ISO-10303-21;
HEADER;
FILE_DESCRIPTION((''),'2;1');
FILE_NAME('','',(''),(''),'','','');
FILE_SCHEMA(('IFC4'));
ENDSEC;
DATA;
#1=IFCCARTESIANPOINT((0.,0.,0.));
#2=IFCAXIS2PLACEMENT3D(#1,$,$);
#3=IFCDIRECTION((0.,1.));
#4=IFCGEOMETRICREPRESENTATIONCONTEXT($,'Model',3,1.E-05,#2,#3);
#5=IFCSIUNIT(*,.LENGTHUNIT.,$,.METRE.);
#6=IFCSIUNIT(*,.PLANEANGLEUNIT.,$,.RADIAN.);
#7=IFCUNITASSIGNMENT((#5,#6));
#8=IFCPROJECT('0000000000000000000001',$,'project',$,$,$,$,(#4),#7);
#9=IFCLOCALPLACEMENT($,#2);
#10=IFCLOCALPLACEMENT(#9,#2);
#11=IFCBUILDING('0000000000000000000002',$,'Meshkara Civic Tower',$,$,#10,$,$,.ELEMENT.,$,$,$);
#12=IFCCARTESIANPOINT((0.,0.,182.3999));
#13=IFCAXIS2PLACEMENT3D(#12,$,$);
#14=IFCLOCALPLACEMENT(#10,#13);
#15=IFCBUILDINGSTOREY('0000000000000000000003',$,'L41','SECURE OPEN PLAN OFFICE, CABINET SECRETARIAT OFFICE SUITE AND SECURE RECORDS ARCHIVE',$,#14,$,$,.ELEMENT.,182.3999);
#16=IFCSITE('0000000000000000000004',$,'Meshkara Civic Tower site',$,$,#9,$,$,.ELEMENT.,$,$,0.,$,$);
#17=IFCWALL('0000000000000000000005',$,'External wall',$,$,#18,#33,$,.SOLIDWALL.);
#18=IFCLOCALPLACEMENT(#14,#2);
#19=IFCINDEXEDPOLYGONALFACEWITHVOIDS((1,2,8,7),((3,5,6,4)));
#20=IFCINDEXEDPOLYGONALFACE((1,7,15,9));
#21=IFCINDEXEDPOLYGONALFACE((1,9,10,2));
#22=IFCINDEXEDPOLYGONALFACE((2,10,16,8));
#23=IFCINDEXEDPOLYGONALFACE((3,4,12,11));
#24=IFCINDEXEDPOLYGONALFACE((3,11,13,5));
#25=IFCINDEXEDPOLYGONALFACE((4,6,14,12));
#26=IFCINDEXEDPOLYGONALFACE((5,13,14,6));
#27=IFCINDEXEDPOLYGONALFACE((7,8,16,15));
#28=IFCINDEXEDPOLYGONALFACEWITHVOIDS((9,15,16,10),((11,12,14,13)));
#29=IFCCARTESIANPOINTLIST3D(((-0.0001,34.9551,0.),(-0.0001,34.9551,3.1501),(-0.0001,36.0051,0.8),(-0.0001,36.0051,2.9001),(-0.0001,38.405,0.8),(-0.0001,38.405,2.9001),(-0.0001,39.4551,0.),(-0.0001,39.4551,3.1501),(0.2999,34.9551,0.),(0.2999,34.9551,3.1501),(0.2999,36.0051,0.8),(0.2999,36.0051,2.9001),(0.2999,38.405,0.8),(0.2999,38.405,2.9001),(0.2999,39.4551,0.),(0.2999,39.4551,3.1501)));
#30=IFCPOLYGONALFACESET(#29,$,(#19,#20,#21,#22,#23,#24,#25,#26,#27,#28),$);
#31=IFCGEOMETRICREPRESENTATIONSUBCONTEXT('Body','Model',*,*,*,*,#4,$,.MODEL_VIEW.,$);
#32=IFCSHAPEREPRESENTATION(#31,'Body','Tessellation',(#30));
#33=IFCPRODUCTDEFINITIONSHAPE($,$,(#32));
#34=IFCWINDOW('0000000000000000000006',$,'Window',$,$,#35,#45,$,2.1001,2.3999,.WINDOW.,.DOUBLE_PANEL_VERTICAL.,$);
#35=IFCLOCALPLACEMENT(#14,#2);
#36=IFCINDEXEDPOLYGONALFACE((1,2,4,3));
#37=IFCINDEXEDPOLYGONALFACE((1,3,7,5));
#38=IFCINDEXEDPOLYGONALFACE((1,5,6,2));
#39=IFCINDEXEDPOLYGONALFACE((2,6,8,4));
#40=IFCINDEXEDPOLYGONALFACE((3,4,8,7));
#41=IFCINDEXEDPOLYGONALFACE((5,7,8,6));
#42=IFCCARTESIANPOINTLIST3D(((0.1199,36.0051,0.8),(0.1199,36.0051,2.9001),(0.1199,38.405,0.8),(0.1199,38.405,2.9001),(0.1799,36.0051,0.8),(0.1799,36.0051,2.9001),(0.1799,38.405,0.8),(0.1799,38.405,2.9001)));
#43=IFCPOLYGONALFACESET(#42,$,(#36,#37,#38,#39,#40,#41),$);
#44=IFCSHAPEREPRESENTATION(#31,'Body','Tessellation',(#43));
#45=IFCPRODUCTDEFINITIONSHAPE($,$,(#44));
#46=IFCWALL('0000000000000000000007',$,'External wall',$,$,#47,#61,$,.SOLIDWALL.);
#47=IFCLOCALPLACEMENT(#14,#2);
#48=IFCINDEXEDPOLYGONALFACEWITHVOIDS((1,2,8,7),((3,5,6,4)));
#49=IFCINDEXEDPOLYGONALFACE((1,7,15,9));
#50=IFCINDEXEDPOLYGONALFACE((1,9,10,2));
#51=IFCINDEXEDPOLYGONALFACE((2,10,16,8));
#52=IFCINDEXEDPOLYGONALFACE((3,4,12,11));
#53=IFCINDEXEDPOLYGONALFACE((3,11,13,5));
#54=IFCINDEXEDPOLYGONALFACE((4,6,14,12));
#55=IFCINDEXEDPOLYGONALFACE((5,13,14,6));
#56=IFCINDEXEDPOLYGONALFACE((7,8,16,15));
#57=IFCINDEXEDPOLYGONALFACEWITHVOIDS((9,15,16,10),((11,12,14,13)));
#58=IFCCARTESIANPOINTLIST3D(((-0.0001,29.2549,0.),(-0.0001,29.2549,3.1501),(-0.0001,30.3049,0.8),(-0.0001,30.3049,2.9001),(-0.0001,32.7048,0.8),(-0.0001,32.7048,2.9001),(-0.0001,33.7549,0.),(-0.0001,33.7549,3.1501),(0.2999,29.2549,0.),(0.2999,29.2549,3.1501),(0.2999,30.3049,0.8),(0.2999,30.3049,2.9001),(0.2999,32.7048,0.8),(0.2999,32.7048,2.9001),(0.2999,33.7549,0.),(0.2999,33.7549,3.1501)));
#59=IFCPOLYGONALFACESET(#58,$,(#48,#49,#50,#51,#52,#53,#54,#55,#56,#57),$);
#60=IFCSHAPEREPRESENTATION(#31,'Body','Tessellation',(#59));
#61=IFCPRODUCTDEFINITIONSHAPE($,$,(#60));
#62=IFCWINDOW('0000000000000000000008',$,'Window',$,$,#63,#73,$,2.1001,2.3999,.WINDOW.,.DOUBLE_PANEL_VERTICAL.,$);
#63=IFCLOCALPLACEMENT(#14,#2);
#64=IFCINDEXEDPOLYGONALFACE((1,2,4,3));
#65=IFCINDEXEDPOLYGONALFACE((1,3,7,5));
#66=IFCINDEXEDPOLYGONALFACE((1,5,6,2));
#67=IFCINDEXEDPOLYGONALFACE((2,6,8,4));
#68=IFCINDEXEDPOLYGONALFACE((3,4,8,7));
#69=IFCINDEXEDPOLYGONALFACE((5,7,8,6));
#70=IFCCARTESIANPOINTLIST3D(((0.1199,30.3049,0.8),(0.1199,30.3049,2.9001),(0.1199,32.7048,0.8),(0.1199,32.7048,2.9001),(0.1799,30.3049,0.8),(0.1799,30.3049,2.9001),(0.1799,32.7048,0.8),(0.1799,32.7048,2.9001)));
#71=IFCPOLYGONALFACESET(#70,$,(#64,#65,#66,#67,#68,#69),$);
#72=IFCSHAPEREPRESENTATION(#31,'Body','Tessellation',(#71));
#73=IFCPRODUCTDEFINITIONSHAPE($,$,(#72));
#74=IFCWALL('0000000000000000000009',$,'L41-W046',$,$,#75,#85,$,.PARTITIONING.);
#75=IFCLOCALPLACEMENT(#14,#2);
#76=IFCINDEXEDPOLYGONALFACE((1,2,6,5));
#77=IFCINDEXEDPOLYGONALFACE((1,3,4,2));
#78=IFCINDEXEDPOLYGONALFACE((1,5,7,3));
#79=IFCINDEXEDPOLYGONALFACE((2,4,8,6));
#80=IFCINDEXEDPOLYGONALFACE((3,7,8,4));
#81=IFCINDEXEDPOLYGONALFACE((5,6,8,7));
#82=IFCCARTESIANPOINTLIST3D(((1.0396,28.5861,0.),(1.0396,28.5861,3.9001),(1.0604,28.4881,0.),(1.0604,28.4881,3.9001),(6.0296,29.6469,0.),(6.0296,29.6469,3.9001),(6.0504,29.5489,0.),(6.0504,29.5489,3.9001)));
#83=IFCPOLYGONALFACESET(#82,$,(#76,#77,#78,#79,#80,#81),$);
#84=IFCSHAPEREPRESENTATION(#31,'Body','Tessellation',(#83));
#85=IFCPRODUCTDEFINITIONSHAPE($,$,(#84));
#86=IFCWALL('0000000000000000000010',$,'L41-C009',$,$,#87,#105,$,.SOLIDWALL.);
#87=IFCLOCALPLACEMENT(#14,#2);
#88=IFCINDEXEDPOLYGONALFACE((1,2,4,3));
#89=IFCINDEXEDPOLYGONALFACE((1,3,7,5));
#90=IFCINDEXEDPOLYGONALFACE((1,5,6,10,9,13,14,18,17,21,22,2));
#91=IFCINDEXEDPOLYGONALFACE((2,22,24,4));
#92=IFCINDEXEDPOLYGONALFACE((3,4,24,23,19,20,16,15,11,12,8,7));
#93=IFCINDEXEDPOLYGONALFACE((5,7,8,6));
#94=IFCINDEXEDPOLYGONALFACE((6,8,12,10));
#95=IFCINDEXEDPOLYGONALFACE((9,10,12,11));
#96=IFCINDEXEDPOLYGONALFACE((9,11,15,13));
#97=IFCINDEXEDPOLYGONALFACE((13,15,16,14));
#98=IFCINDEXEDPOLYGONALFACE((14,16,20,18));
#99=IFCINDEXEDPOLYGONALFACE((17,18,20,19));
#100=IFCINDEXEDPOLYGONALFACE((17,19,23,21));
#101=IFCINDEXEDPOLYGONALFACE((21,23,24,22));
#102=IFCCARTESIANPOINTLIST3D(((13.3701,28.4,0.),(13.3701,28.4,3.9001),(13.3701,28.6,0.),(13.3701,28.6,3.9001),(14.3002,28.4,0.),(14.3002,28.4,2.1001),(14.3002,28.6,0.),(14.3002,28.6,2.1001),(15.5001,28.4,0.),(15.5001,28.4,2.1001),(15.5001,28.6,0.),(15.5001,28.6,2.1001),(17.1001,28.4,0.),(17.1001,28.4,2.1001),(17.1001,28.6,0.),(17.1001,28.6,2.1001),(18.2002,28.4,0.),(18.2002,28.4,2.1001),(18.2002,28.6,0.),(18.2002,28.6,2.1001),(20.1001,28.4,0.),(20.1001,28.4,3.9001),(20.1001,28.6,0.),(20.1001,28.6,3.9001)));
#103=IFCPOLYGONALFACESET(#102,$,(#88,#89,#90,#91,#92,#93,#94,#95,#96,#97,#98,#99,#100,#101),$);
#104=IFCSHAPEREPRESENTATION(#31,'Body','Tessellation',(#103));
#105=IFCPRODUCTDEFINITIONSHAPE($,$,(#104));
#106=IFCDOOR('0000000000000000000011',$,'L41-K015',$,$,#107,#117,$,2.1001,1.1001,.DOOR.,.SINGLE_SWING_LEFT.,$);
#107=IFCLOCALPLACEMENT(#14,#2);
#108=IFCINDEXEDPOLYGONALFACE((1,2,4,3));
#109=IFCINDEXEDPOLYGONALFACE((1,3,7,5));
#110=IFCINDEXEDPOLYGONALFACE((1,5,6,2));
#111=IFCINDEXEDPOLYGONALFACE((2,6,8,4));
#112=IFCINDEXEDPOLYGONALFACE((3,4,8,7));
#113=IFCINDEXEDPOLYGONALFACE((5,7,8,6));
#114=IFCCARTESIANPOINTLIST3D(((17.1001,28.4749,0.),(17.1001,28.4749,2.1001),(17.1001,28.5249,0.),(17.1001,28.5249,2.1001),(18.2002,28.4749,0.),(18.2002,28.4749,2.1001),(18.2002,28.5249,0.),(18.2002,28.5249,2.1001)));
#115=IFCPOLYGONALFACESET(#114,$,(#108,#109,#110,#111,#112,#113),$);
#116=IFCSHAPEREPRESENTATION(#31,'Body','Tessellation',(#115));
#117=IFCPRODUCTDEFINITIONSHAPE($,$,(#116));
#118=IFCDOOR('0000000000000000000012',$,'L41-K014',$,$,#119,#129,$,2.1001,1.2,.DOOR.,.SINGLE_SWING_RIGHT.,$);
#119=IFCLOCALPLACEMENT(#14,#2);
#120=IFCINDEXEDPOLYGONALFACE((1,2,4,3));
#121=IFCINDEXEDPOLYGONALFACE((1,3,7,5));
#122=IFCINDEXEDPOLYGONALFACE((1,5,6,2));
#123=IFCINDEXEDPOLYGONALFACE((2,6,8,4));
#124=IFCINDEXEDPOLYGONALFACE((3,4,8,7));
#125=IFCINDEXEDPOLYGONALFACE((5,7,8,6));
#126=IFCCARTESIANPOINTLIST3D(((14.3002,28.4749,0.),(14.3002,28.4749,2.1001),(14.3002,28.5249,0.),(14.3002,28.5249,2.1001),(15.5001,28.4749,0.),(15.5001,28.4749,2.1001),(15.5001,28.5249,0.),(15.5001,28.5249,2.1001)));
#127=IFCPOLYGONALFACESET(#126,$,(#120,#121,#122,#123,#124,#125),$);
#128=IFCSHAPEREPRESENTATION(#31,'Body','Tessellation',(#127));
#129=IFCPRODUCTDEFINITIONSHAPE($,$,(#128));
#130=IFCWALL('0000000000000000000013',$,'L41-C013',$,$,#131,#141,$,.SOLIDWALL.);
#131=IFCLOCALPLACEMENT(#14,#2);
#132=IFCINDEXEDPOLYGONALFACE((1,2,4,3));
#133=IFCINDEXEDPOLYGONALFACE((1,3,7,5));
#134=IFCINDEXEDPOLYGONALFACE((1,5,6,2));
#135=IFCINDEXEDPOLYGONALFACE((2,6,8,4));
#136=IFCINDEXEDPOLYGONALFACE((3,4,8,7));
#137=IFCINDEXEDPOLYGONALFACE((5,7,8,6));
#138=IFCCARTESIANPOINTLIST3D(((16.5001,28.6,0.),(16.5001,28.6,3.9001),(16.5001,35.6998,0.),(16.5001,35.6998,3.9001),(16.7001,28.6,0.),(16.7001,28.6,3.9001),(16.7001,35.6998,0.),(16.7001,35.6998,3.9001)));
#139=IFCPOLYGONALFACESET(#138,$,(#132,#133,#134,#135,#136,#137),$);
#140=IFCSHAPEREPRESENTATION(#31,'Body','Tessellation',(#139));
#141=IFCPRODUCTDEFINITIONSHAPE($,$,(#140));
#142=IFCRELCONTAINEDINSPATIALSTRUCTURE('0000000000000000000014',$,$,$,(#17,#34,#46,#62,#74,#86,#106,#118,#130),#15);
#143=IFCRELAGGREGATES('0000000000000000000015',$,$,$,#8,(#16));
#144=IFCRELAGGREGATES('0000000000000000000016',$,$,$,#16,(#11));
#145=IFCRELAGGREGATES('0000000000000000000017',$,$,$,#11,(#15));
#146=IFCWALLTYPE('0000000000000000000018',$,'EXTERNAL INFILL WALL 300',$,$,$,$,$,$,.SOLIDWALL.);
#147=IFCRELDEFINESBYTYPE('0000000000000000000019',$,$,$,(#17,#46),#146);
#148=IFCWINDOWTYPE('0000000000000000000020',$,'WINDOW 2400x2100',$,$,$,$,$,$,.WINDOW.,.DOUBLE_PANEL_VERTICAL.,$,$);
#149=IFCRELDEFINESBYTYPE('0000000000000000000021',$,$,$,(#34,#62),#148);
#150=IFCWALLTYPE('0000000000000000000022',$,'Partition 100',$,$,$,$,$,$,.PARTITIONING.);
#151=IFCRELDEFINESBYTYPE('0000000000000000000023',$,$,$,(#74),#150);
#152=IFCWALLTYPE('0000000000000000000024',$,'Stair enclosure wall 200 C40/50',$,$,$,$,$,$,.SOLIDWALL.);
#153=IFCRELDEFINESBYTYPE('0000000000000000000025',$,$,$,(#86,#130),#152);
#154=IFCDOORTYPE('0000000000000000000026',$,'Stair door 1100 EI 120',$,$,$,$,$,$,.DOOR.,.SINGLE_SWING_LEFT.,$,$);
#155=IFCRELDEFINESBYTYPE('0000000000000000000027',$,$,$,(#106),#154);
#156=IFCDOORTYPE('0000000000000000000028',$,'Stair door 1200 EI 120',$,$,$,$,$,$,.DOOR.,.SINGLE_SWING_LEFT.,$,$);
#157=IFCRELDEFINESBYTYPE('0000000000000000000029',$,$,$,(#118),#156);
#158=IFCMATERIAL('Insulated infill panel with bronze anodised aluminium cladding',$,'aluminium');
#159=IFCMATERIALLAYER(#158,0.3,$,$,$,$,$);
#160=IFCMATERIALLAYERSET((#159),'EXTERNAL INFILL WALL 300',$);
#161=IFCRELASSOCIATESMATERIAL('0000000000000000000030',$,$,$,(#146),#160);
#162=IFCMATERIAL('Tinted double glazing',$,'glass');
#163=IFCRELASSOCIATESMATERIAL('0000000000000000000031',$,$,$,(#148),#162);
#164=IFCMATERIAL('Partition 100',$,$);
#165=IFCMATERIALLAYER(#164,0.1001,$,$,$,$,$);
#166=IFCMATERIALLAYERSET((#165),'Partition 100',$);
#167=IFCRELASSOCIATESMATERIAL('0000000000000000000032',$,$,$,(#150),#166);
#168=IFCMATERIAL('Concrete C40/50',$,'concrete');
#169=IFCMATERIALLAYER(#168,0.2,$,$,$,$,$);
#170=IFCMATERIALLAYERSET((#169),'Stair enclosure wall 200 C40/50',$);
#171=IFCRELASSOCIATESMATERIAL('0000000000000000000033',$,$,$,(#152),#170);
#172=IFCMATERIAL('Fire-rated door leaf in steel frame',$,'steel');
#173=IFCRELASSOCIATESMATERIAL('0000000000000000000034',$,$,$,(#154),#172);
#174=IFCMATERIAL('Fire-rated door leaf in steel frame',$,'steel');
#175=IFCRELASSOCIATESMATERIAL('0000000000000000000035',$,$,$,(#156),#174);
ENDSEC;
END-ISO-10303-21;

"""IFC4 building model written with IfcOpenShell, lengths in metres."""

from ifc_helpers import new_model, si_unit, direction, frame, frame_2d, origin, place, context, subcontext, project, spatial, rectangle, extrude, material, layer, layer_set, type_object, element, fill, save


model = new_model("IFC4")

# Units and contexts
model_context = context("Model", 3, precision=1e-05, world=origin(), true_north=direction((0.0, 1.0)))
body_context = subcontext(model_context, "Body", "Model", "MODEL_VIEW")
ifc_project = project(units=[si_unit("LENGTHUNIT", "METRE"), si_unit("PLANEANGLEUNIT", "RADIAN")], contexts=[model_context])

# Site, building, storey
site_placement = place(None, origin())
site = spatial("IfcSite", under=ifc_project, at=site_placement, Name="Meshkara Civic Tower site", CompositionType="ELEMENT", RefElevation=0.0)
building_placement = place(site_placement, origin())
building = spatial("IfcBuilding", under=site, at=building_placement, Name="Meshkara Civic Tower", CompositionType="ELEMENT")
storey_placement = place(building_placement, frame((0.0, 0.0, 182.3999)))
storey = spatial("IfcBuildingStorey", under=building, at=storey_placement, Name="L41", Description="SECURE OPEN PLAN OFFICE, CABINET SECRETARIAT OFFICE SUITE AND SECURE RECORDS ARCHIVE", CompositionType="ELEMENT", Elevation=182.3999)

# Walls, openings, windows
ifc_material_1 = material(Name="Insulated infill panel with bronze anodised aluminium cladding", Category="aluminium")
ifc_layer_1 = layer(ifc_material_1, 0.3)
ifc_layer_set_1 = layer_set([ifc_layer_1], Name="EXTERNAL INFILL WALL 300")
wall_type_1 = type_object("IfcWallType", Name="EXTERNAL INFILL WALL 300", PredefinedType="SOLIDWALL", material=ifc_layer_set_1)
wall_1_placement = place(storey_placement, frame((0.1499, 39.4551, 0.0), z_axis=(0.0, 0.0, 1.0), x_axis=(0.0, -1.0, 0.0)))
wall_1 = element("IfcWall", 1, at=wall_1_placement, inside=storey, type_object=wall_type_1, Name="External wall", PredefinedType="SOLIDWALL", context=body_context, shape_type="SweptSolid", body=[
    extrude(rectangle(XDim=4.5, YDim=0.3, at=frame_2d((2.25, 0.0))), origin(), (0.0, 0.0, 1.0), 3.1501),
])
opening_1_placement = place(wall_1_placement, frame((1.05, 0.0, 0.8)))
opening_1 = element("IfcOpeningElement", 2, at=opening_1_placement, cuts=wall_1, PredefinedType="OPENING", context=body_context, shape_type="SweptSolid", body=[
    extrude(rectangle(XDim=2.3999, YDim=2.1001, at=frame_2d((1.2, 1.05))), frame((0.0, 0.1599, 0.0), z_axis=(0.0, -1.0, 0.0), x_axis=(1.0, 0.0, 0.0)), (0.0, 0.0, 1.0), 0.3201),
])
ifc_material_2 = material(Name="Tinted double glazing", Category="glass")
window_type = type_object("IfcWindowType", Name="WINDOW 2400x2100", PartitioningType="DOUBLE_PANEL_VERTICAL", PredefinedType="WINDOW", material=ifc_material_2)
window_1_placement = place(opening_1_placement, origin())
window_1 = element("IfcWindow", 3, at=window_1_placement, inside=storey, type_object=window_type, Name="Window", OverallHeight=2.1001, OverallWidth=2.3999, PartitioningType="DOUBLE_PANEL_VERTICAL", PredefinedType="WINDOW", context=body_context, shape_type="SweptSolid", body=[
    extrude(rectangle(XDim=2.3999, YDim=2.1001, at=frame_2d((1.2, 1.05))), frame((0.0, 0.03, 0.0), z_axis=(0.0, -1.0, 0.0), x_axis=(1.0, 0.0, 0.0)), (0.0, 0.0, 1.0), 0.0601),
])
fill(opening_1, window_1)
wall_2_placement = place(storey_placement, frame((0.1499, 33.7549, 0.0), z_axis=(0.0, 0.0, 1.0), x_axis=(0.0, -1.0, 0.0)))
wall_2 = element("IfcWall", 4, at=wall_2_placement, inside=storey, type_object=wall_type_1, Name="External wall", PredefinedType="SOLIDWALL", context=body_context, shape_type="SweptSolid", body=[
    extrude(rectangle(XDim=4.5, YDim=0.3, at=frame_2d((2.25, 0.0))), origin(), (0.0, 0.0, 1.0), 3.1501),
])
opening_2_placement = place(wall_2_placement, frame((1.05, 0.0, 0.8)))
opening_2 = element("IfcOpeningElement", 5, at=opening_2_placement, cuts=wall_2, PredefinedType="OPENING", context=body_context, shape_type="SweptSolid", body=[
    extrude(rectangle(XDim=2.3999, YDim=2.1001, at=frame_2d((1.2, 1.05))), frame((0.0, 0.1599, 0.0), z_axis=(0.0, -1.0, 0.0), x_axis=(1.0, 0.0, 0.0)), (0.0, 0.0, 1.0), 0.3201),
])
window_2_placement = place(opening_2_placement, origin())
window_2 = element("IfcWindow", 6, at=window_2_placement, inside=storey, type_object=window_type, Name="Window", OverallHeight=2.1001, OverallWidth=2.3999, PartitioningType="DOUBLE_PANEL_VERTICAL", PredefinedType="WINDOW", context=body_context, shape_type="SweptSolid", body=[
    extrude(rectangle(XDim=2.3999, YDim=2.1001, at=frame_2d((1.2, 1.05))), frame((0.0, 0.03, 0.0), z_axis=(0.0, -1.0, 0.0), x_axis=(1.0, 0.0, 0.0)), (0.0, 0.0, 1.0), 0.0601),
])
fill(opening_2, window_2)

# Wall
ifc_material_3 = material(Name="Partition 100")
ifc_layer_2 = layer(ifc_material_3, 0.1001)
ifc_layer_set_2 = layer_set([ifc_layer_2], Name="Partition 100")
wall_type_2 = type_object("IfcWallType", Name="Partition 100", PredefinedType="PARTITIONING", material=ifc_layer_set_2)
wall_3_placement = place(storey_placement, frame((6.04, 29.5979, 0.0), z_axis=(0.0, 0.0, 1.0), x_axis=(-0.978142, -0.207937, 0.0)))
element("IfcWall", 7, at=wall_3_placement, inside=storey, type_object=wall_type_2, Name="L41-W046", PredefinedType="PARTITIONING", context=body_context, shape_type="SweptSolid", body=[
    extrude(rectangle(XDim=5.1016, YDim=0.1001, at=frame_2d((2.5508, 0.0))), origin(), (0.0, 0.0, 1.0), 3.9001),
])

# Wall, openings, doors
ifc_material_4 = material(Name="Concrete C40/50", Category="concrete")
ifc_layer_3 = layer(ifc_material_4, 0.2)
ifc_layer_set_3 = layer_set([ifc_layer_3], Name="Stair enclosure wall 200 C40/50")
wall_type_3 = type_object("IfcWallType", Name="Stair enclosure wall 200 C40/50", PredefinedType="SOLIDWALL", material=ifc_layer_set_3)
wall_4_placement = place(storey_placement, frame((13.3701, 28.5, 0.0), z_axis=(0.0, 0.0, 1.0), x_axis=(1.0, 0.0, 0.0)))
wall_4 = element("IfcWall", 8, at=wall_4_placement, inside=storey, type_object=wall_type_3, Name="L41-C009", PredefinedType="SOLIDWALL", context=body_context, shape_type="SweptSolid", body=[
    extrude(rectangle(XDim=6.73, YDim=0.2, at=frame_2d((3.365, 0.0))), origin(), (0.0, 0.0, 1.0), 3.9001),
])
opening_3_placement = place(wall_4_placement, frame((0.9299, 0.0, 0.0)))
opening_3 = element("IfcOpeningElement", 9, at=opening_3_placement, cuts=wall_4, PredefinedType="OPENING", context=body_context, shape_type="SweptSolid", body=[
    extrude(rectangle(XDim=1.2, YDim=2.1001, at=frame_2d((0.6001, 1.05))), frame((0.0, 0.1099, 0.0), z_axis=(0.0, -1.0, 0.0), x_axis=(1.0, 0.0, 0.0)), (0.0, 0.0, 1.0), 0.22),
])
opening_4_placement = place(wall_4_placement, frame((3.73, 0.0, 0.0)))
opening_4 = element("IfcOpeningElement", 10, at=opening_4_placement, cuts=wall_4, PredefinedType="OPENING", context=body_context, shape_type="SweptSolid", body=[
    extrude(rectangle(XDim=1.1001, YDim=2.1001, at=frame_2d((0.55, 1.05))), frame((0.0, 0.1099, 0.0), z_axis=(0.0, -1.0, 0.0), x_axis=(1.0, 0.0, 0.0)), (0.0, 0.0, 1.0), 0.22),
])
ifc_material_5 = material(Name="Fire-rated door leaf in steel frame", Category="steel")
door_type_1 = type_object("IfcDoorType", Name="Stair door 1100 EI 120", OperationType="SINGLE_SWING_LEFT", PredefinedType="DOOR", material=ifc_material_5)
door_1_placement = place(opening_4_placement, origin())
door_1 = element("IfcDoor", 11, at=door_1_placement, inside=storey, type_object=door_type_1, Name="L41-K015", OperationType="SINGLE_SWING_LEFT", OverallHeight=2.1001, OverallWidth=1.1001, PredefinedType="DOOR", context=body_context, shape_type="SweptSolid", body=[
    extrude(rectangle(XDim=1.1001, YDim=2.1001, at=frame_2d((0.55, 1.05))), frame((0.0, 0.0249, 0.0), z_axis=(0.0, -1.0, 0.0), x_axis=(1.0, 0.0, 0.0)), (0.0, 0.0, 1.0), 0.05),
])
fill(opening_4, door_1)
ifc_material_6 = material(Name="Fire-rated door leaf in steel frame", Category="steel")
door_type_2 = type_object("IfcDoorType", Name="Stair door 1200 EI 120", OperationType="SINGLE_SWING_LEFT", PredefinedType="DOOR", material=ifc_material_6)
door_2_placement = place(opening_3_placement, origin())
door_2 = element("IfcDoor", 12, at=door_2_placement, inside=storey, type_object=door_type_2, Name="L41-K014", OperationType="SINGLE_SWING_RIGHT", OverallHeight=2.1001, OverallWidth=1.2, PredefinedType="DOOR", context=body_context, shape_type="SweptSolid", body=[
    extrude(rectangle(XDim=1.2, YDim=2.1001, at=frame_2d((0.6001, 1.05))), frame((0.0, 0.0249, 0.0), z_axis=(0.0, -1.0, 0.0), x_axis=(1.0, 0.0, 0.0)), (0.0, 0.0, 1.0), 0.05),
])
fill(opening_3, door_2)

# Wall
wall_5_placement = place(storey_placement, frame((16.6001, 28.6001, 0.0), z_axis=(0.0, 0.0, 1.0), x_axis=(0.0, 1.0, 0.0)))
element("IfcWall", 13, at=wall_5_placement, inside=storey, type_object=wall_type_3, Name="L41-C013", PredefinedType="SOLIDWALL", context=body_context, shape_type="SweptSolid", body=[
    extrude(rectangle(XDim=7.0999, YDim=0.2, at=frame_2d((3.5498, 0.0))), origin(), (0.0, 0.0, 1.0), 3.9001),
])

save(model, "model.ifc")
